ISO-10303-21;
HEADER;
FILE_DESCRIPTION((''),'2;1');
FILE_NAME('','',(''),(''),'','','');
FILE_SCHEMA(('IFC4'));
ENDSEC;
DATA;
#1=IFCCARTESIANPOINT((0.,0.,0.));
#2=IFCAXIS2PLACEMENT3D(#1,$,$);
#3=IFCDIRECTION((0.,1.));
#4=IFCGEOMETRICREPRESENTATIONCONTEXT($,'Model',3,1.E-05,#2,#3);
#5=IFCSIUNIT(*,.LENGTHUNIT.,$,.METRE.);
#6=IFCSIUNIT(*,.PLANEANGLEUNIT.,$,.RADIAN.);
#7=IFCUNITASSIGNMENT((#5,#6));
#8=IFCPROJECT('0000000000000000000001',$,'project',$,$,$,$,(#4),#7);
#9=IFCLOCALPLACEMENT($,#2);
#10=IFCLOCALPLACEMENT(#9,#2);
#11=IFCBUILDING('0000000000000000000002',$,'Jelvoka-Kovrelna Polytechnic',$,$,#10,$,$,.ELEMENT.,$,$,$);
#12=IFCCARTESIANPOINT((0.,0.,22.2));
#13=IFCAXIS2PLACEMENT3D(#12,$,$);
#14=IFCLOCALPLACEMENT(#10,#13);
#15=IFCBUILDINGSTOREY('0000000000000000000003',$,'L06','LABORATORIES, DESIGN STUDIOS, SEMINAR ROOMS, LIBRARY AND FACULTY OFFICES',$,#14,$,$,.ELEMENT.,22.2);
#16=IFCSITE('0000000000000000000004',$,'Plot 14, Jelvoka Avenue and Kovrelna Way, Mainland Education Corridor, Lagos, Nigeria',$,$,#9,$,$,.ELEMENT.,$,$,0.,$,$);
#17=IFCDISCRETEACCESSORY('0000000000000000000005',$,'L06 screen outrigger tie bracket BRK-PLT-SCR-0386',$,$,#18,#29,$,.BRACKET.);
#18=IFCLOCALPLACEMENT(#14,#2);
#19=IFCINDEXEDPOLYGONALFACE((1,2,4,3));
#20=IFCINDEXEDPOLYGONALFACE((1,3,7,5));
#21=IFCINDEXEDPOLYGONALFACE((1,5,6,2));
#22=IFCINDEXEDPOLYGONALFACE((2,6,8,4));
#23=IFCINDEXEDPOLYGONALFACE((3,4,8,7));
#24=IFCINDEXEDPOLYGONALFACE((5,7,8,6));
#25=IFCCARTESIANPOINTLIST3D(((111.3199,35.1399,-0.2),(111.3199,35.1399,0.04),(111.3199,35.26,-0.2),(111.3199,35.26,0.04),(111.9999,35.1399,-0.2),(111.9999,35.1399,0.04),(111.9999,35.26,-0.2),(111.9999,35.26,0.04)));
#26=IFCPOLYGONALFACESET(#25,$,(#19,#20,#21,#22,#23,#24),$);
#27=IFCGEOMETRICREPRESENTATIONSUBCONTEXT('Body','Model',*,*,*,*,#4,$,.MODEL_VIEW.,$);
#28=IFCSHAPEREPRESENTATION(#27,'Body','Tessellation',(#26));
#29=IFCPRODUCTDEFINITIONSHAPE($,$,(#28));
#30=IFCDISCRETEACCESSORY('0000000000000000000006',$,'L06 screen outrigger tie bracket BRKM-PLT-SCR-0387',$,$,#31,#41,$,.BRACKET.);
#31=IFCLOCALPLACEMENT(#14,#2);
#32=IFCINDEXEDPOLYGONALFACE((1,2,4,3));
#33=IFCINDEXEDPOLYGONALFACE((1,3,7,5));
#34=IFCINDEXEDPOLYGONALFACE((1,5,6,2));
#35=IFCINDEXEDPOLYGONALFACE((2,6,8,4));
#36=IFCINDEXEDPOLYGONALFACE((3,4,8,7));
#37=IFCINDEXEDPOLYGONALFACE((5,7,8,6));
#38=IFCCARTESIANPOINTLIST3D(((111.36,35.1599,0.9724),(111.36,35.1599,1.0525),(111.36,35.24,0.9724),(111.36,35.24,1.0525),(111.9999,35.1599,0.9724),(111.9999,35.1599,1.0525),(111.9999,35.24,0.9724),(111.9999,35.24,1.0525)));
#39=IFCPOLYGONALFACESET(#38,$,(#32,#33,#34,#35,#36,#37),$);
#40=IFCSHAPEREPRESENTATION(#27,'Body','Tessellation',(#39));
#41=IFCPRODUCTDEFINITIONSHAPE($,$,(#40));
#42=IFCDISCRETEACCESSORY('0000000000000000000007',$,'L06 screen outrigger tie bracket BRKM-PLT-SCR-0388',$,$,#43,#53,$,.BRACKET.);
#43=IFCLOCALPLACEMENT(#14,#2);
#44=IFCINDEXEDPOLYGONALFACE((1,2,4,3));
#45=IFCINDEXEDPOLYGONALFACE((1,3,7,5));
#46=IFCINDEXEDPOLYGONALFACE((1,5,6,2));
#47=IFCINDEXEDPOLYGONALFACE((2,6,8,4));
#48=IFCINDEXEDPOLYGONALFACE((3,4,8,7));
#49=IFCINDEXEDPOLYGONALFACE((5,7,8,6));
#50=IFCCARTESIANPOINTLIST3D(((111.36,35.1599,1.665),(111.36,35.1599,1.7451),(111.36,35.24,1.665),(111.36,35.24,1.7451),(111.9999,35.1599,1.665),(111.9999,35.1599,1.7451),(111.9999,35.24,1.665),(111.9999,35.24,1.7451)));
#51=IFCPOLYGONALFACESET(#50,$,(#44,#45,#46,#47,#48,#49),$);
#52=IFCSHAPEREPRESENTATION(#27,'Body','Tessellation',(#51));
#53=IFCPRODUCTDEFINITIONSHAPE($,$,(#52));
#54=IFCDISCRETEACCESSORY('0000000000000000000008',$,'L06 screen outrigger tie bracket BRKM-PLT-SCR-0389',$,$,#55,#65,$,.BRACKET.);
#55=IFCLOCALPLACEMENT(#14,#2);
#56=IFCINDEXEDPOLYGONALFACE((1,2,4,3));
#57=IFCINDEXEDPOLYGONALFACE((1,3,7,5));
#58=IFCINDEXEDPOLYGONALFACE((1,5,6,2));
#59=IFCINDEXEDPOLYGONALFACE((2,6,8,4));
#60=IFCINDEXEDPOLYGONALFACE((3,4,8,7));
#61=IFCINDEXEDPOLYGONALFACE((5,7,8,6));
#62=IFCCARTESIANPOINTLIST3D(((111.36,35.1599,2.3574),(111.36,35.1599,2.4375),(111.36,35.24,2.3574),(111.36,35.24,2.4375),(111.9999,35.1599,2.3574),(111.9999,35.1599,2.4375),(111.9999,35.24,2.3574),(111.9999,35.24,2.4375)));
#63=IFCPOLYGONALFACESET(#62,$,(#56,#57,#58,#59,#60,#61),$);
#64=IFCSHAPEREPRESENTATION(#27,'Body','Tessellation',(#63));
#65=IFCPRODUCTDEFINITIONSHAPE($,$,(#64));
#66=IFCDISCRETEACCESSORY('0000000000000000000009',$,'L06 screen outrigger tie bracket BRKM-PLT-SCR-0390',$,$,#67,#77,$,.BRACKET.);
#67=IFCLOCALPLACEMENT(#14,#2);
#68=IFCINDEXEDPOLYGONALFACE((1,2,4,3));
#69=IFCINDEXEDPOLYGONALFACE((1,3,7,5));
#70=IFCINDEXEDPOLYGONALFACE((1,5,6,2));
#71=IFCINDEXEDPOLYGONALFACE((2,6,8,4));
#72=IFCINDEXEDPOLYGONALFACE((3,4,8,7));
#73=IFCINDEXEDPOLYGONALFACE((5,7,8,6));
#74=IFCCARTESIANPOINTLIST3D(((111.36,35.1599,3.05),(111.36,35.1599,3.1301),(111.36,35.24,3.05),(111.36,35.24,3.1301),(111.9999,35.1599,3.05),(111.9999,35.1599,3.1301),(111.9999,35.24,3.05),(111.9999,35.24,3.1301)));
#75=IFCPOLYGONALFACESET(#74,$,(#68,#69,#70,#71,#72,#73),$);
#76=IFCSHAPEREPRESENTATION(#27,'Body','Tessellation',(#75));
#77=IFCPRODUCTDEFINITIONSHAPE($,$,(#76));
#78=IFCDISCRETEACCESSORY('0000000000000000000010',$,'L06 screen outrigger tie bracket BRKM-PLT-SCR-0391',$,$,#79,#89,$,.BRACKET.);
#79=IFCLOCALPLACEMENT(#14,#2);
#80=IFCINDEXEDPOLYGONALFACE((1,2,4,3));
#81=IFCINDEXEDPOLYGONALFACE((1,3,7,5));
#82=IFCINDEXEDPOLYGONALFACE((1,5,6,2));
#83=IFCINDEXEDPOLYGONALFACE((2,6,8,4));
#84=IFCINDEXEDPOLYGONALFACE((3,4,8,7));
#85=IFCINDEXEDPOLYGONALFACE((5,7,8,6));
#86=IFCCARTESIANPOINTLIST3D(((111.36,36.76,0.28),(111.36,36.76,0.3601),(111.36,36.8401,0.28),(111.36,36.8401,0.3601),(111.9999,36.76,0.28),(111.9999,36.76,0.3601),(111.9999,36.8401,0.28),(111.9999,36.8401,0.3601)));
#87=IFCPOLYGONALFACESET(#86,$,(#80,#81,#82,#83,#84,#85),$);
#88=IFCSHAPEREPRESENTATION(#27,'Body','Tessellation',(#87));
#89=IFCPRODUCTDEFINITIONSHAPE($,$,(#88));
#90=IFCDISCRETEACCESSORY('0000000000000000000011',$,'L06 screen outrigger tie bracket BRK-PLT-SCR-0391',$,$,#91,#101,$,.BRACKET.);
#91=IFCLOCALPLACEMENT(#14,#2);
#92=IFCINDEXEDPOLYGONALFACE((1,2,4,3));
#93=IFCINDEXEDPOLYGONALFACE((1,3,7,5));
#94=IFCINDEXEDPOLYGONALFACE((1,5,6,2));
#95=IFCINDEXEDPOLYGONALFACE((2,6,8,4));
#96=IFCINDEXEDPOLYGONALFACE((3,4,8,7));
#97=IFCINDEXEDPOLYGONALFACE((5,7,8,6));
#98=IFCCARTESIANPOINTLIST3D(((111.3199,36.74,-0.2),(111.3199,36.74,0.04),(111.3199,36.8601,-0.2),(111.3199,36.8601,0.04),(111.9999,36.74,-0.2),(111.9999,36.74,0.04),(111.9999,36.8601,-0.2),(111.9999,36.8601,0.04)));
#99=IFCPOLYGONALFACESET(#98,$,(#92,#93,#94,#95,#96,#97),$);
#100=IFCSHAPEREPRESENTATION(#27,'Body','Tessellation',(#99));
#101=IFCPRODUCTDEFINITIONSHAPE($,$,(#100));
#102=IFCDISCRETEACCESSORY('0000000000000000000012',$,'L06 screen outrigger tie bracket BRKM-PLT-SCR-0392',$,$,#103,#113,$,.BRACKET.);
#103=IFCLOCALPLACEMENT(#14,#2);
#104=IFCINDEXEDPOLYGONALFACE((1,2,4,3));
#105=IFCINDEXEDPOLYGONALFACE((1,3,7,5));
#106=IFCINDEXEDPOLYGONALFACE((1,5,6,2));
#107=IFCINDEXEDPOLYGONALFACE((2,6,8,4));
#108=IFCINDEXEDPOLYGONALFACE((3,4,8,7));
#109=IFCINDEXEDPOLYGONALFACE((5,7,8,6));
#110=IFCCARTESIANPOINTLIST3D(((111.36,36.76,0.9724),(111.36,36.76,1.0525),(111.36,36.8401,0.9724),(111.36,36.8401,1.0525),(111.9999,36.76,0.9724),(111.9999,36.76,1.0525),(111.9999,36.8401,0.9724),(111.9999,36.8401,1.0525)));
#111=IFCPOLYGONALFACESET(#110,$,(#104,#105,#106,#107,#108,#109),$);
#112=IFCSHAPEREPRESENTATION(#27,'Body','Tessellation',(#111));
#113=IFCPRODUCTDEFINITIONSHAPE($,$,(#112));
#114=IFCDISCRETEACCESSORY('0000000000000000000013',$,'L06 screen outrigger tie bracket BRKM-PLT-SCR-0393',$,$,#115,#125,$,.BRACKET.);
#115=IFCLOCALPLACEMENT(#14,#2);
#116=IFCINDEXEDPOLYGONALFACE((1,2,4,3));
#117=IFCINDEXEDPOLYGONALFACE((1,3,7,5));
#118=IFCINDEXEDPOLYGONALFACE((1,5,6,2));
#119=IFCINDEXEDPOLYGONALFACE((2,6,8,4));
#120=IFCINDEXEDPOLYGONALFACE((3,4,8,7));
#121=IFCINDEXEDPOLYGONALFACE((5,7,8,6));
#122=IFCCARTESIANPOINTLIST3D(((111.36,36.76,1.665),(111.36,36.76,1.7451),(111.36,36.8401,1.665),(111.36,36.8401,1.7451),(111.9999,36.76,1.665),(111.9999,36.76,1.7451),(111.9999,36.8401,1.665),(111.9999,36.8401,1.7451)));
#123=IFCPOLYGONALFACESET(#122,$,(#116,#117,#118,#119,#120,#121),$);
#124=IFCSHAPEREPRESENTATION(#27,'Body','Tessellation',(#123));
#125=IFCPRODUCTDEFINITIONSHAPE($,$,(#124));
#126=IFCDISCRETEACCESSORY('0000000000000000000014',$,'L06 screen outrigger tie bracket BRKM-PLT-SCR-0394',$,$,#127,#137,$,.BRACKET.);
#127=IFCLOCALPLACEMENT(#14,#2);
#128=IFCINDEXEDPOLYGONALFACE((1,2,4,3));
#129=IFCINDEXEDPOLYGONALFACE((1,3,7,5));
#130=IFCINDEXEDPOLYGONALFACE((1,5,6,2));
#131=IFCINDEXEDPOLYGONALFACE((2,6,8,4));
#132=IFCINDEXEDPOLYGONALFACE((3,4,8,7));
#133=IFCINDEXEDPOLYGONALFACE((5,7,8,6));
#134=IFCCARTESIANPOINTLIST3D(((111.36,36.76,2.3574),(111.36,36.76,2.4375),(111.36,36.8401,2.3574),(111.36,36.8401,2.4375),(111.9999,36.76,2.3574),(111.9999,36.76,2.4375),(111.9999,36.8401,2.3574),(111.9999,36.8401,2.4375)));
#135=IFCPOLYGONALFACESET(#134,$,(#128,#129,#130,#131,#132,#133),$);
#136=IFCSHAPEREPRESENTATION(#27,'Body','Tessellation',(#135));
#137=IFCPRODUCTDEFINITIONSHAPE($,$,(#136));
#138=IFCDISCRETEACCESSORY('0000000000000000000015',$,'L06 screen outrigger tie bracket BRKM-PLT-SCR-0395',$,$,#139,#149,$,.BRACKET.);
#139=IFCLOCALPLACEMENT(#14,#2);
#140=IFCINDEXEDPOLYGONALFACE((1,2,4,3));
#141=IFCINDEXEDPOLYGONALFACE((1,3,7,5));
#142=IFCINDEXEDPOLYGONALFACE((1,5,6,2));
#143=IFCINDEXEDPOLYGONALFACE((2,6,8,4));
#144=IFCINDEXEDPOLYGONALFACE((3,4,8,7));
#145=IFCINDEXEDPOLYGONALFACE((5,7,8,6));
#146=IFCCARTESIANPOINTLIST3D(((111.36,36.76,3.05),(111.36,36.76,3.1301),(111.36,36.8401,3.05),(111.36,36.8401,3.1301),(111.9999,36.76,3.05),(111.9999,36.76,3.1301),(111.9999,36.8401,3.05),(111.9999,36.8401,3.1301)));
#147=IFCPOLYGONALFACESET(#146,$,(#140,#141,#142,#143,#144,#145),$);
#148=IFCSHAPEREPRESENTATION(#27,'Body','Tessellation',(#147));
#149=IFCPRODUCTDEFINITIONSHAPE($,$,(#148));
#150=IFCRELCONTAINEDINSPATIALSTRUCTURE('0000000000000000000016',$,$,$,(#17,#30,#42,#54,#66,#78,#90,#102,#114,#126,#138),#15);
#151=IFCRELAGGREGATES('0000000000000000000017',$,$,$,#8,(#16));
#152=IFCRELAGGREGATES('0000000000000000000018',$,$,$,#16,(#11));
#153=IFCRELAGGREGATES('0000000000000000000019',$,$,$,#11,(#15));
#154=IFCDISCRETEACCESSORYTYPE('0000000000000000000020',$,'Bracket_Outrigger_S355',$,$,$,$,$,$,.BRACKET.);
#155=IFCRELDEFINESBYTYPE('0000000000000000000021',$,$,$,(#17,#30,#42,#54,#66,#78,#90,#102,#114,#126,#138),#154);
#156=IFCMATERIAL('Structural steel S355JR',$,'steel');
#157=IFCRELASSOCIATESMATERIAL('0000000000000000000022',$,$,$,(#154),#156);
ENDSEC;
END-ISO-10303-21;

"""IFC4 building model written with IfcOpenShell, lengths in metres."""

from ifc_helpers import new_model, si_unit, direction, frame, origin, origin_2d, place, context, subcontext, project, spatial, rectangle, extrude, material, type_object, element, save


model = new_model("IFC4")

# Units and contexts
model_context = context("Model", 3, precision=1e-05, world=origin(), true_north=direction((0.0, 1.0)))
body_context = subcontext(model_context, "Body", "Model", "MODEL_VIEW")
ifc_project = project(units=[si_unit("LENGTHUNIT", "METRE"), si_unit("PLANEANGLEUNIT", "RADIAN")], contexts=[model_context])

# Site, building, storey
site_placement = place(None, origin())
site = spatial("IfcSite", under=ifc_project, at=site_placement, Name="Plot 14, Jelvoka Avenue and Kovrelna Way, Mainland Education Corridor, Lagos, Nigeria", CompositionType="ELEMENT", RefElevation=0.0)
building_placement = place(site_placement, origin())
building = spatial("IfcBuilding", under=site, at=building_placement, Name="Jelvoka-Kovrelna Polytechnic", CompositionType="ELEMENT")
storey_placement = place(building_placement, frame((0.0, 0.0, 22.2)))
storey = spatial("IfcBuildingStorey", under=building, at=storey_placement, Name="L06", Description="LABORATORIES, DESIGN STUDIOS, SEMINAR ROOMS, LIBRARY AND FACULTY OFFICES", CompositionType="ELEMENT", Elevation=22.2)

# Discrete accessories
ifc_material_1 = material(Name="Structural steel S355JR", Category="steel")
discrete_accessory_type = type_object("IfcDiscreteAccessoryType", Name="Bracket_Outrigger_S355", PredefinedType="BRACKET", material=ifc_material_1)
discrete_accessory_1_placement = place(storey_placement, frame((111.6599, 35.2, -0.2), z_axis=(0.0, 0.0, 1.0), x_axis=(1.0, 0.0, 0.0)))
element("IfcDiscreteAccessory", 1, at=discrete_accessory_1_placement, inside=storey, type_object=discrete_accessory_type, Name="L06 screen outrigger tie bracket BRK-PLT-SCR-0386", PredefinedType="BRACKET", context=body_context, shape_type="SweptSolid", body=[
    extrude(rectangle(XDim=0.6799, YDim=0.1201, at=origin_2d()), origin(), (0.0, 0.0, 1.0), 0.24),
])
for number, where, z_axis, x_axis, name in (
    (2, (111.6799, 35.2, 0.9724), (0.0, 0.0, 1.0), (1.0, 0.0, 0.0), "L06 screen outrigger tie bracket BRKM-PLT-SCR-0387"),
    (3, (111.6799, 35.2, 1.665), (0.0, 0.0, 1.0), (1.0, 0.0, 0.0), "L06 screen outrigger tie bracket BRKM-PLT-SCR-0388"),
    (4, (111.6799, 35.2, 2.3574), (0.0, 0.0, 1.0), (1.0, 0.0, 0.0), "L06 screen outrigger tie bracket BRKM-PLT-SCR-0389"),
    (5, (111.6799, 35.2, 3.05), (0.0, 0.0, 1.0), (1.0, 0.0, 0.0), "L06 screen outrigger tie bracket BRKM-PLT-SCR-0390"),
    (6, (111.6799, 36.8, 0.28), (0.0, 0.0, 1.0), (1.0, 0.0, 0.0), "L06 screen outrigger tie bracket BRKM-PLT-SCR-0391"),
):
    element("IfcDiscreteAccessory", number, at=place(storey_placement, frame(where, z_axis=z_axis, x_axis=x_axis)), inside=storey, type_object=discrete_accessory_type, Name=name, PredefinedType="BRACKET", context=body_context, shape_type="SweptSolid", body=[
        extrude(rectangle(XDim=0.6399, YDim=0.0801, at=origin_2d()), origin(), (0.0, 0.0, 1.0), 0.0801),
    ])
discrete_accessory_2_placement = place(storey_placement, frame((111.6599, 36.8, -0.2), z_axis=(0.0, 0.0, 1.0), x_axis=(1.0, 0.0, 0.0)))
element("IfcDiscreteAccessory", 7, at=discrete_accessory_2_placement, inside=storey, type_object=discrete_accessory_type, Name="L06 screen outrigger tie bracket BRK-PLT-SCR-0391", PredefinedType="BRACKET", context=body_context, shape_type="SweptSolid", body=[
    extrude(rectangle(XDim=0.6799, YDim=0.1201, at=origin_2d()), origin(), (0.0, 0.0, 1.0), 0.24),
])
for number, where, z_axis, x_axis, name in (
    (8, (111.6799, 36.8, 0.9724), (0.0, 0.0, 1.0), (1.0, 0.0, 0.0), "L06 screen outrigger tie bracket BRKM-PLT-SCR-0392"),
    (9, (111.6799, 36.8, 1.665), (0.0, 0.0, 1.0), (1.0, 0.0, 0.0), "L06 screen outrigger tie bracket BRKM-PLT-SCR-0393"),
    (10, (111.6799, 36.8, 2.3574), (0.0, 0.0, 1.0), (1.0, 0.0, 0.0), "L06 screen outrigger tie bracket BRKM-PLT-SCR-0394"),
    (11, (111.6799, 36.8, 3.05), (0.0, 0.0, 1.0), (1.0, 0.0, 0.0), "L06 screen outrigger tie bracket BRKM-PLT-SCR-0395"),
):
    element("IfcDiscreteAccessory", number, at=place(storey_placement, frame(where, z_axis=z_axis, x_axis=x_axis)), inside=storey, type_object=discrete_accessory_type, Name=name, PredefinedType="BRACKET", context=body_context, shape_type="SweptSolid", body=[
        extrude(rectangle(XDim=0.6399, YDim=0.0801, at=origin_2d()), origin(), (0.0, 0.0, 1.0), 0.0801),
    ])

save(model, "model.ifc")
